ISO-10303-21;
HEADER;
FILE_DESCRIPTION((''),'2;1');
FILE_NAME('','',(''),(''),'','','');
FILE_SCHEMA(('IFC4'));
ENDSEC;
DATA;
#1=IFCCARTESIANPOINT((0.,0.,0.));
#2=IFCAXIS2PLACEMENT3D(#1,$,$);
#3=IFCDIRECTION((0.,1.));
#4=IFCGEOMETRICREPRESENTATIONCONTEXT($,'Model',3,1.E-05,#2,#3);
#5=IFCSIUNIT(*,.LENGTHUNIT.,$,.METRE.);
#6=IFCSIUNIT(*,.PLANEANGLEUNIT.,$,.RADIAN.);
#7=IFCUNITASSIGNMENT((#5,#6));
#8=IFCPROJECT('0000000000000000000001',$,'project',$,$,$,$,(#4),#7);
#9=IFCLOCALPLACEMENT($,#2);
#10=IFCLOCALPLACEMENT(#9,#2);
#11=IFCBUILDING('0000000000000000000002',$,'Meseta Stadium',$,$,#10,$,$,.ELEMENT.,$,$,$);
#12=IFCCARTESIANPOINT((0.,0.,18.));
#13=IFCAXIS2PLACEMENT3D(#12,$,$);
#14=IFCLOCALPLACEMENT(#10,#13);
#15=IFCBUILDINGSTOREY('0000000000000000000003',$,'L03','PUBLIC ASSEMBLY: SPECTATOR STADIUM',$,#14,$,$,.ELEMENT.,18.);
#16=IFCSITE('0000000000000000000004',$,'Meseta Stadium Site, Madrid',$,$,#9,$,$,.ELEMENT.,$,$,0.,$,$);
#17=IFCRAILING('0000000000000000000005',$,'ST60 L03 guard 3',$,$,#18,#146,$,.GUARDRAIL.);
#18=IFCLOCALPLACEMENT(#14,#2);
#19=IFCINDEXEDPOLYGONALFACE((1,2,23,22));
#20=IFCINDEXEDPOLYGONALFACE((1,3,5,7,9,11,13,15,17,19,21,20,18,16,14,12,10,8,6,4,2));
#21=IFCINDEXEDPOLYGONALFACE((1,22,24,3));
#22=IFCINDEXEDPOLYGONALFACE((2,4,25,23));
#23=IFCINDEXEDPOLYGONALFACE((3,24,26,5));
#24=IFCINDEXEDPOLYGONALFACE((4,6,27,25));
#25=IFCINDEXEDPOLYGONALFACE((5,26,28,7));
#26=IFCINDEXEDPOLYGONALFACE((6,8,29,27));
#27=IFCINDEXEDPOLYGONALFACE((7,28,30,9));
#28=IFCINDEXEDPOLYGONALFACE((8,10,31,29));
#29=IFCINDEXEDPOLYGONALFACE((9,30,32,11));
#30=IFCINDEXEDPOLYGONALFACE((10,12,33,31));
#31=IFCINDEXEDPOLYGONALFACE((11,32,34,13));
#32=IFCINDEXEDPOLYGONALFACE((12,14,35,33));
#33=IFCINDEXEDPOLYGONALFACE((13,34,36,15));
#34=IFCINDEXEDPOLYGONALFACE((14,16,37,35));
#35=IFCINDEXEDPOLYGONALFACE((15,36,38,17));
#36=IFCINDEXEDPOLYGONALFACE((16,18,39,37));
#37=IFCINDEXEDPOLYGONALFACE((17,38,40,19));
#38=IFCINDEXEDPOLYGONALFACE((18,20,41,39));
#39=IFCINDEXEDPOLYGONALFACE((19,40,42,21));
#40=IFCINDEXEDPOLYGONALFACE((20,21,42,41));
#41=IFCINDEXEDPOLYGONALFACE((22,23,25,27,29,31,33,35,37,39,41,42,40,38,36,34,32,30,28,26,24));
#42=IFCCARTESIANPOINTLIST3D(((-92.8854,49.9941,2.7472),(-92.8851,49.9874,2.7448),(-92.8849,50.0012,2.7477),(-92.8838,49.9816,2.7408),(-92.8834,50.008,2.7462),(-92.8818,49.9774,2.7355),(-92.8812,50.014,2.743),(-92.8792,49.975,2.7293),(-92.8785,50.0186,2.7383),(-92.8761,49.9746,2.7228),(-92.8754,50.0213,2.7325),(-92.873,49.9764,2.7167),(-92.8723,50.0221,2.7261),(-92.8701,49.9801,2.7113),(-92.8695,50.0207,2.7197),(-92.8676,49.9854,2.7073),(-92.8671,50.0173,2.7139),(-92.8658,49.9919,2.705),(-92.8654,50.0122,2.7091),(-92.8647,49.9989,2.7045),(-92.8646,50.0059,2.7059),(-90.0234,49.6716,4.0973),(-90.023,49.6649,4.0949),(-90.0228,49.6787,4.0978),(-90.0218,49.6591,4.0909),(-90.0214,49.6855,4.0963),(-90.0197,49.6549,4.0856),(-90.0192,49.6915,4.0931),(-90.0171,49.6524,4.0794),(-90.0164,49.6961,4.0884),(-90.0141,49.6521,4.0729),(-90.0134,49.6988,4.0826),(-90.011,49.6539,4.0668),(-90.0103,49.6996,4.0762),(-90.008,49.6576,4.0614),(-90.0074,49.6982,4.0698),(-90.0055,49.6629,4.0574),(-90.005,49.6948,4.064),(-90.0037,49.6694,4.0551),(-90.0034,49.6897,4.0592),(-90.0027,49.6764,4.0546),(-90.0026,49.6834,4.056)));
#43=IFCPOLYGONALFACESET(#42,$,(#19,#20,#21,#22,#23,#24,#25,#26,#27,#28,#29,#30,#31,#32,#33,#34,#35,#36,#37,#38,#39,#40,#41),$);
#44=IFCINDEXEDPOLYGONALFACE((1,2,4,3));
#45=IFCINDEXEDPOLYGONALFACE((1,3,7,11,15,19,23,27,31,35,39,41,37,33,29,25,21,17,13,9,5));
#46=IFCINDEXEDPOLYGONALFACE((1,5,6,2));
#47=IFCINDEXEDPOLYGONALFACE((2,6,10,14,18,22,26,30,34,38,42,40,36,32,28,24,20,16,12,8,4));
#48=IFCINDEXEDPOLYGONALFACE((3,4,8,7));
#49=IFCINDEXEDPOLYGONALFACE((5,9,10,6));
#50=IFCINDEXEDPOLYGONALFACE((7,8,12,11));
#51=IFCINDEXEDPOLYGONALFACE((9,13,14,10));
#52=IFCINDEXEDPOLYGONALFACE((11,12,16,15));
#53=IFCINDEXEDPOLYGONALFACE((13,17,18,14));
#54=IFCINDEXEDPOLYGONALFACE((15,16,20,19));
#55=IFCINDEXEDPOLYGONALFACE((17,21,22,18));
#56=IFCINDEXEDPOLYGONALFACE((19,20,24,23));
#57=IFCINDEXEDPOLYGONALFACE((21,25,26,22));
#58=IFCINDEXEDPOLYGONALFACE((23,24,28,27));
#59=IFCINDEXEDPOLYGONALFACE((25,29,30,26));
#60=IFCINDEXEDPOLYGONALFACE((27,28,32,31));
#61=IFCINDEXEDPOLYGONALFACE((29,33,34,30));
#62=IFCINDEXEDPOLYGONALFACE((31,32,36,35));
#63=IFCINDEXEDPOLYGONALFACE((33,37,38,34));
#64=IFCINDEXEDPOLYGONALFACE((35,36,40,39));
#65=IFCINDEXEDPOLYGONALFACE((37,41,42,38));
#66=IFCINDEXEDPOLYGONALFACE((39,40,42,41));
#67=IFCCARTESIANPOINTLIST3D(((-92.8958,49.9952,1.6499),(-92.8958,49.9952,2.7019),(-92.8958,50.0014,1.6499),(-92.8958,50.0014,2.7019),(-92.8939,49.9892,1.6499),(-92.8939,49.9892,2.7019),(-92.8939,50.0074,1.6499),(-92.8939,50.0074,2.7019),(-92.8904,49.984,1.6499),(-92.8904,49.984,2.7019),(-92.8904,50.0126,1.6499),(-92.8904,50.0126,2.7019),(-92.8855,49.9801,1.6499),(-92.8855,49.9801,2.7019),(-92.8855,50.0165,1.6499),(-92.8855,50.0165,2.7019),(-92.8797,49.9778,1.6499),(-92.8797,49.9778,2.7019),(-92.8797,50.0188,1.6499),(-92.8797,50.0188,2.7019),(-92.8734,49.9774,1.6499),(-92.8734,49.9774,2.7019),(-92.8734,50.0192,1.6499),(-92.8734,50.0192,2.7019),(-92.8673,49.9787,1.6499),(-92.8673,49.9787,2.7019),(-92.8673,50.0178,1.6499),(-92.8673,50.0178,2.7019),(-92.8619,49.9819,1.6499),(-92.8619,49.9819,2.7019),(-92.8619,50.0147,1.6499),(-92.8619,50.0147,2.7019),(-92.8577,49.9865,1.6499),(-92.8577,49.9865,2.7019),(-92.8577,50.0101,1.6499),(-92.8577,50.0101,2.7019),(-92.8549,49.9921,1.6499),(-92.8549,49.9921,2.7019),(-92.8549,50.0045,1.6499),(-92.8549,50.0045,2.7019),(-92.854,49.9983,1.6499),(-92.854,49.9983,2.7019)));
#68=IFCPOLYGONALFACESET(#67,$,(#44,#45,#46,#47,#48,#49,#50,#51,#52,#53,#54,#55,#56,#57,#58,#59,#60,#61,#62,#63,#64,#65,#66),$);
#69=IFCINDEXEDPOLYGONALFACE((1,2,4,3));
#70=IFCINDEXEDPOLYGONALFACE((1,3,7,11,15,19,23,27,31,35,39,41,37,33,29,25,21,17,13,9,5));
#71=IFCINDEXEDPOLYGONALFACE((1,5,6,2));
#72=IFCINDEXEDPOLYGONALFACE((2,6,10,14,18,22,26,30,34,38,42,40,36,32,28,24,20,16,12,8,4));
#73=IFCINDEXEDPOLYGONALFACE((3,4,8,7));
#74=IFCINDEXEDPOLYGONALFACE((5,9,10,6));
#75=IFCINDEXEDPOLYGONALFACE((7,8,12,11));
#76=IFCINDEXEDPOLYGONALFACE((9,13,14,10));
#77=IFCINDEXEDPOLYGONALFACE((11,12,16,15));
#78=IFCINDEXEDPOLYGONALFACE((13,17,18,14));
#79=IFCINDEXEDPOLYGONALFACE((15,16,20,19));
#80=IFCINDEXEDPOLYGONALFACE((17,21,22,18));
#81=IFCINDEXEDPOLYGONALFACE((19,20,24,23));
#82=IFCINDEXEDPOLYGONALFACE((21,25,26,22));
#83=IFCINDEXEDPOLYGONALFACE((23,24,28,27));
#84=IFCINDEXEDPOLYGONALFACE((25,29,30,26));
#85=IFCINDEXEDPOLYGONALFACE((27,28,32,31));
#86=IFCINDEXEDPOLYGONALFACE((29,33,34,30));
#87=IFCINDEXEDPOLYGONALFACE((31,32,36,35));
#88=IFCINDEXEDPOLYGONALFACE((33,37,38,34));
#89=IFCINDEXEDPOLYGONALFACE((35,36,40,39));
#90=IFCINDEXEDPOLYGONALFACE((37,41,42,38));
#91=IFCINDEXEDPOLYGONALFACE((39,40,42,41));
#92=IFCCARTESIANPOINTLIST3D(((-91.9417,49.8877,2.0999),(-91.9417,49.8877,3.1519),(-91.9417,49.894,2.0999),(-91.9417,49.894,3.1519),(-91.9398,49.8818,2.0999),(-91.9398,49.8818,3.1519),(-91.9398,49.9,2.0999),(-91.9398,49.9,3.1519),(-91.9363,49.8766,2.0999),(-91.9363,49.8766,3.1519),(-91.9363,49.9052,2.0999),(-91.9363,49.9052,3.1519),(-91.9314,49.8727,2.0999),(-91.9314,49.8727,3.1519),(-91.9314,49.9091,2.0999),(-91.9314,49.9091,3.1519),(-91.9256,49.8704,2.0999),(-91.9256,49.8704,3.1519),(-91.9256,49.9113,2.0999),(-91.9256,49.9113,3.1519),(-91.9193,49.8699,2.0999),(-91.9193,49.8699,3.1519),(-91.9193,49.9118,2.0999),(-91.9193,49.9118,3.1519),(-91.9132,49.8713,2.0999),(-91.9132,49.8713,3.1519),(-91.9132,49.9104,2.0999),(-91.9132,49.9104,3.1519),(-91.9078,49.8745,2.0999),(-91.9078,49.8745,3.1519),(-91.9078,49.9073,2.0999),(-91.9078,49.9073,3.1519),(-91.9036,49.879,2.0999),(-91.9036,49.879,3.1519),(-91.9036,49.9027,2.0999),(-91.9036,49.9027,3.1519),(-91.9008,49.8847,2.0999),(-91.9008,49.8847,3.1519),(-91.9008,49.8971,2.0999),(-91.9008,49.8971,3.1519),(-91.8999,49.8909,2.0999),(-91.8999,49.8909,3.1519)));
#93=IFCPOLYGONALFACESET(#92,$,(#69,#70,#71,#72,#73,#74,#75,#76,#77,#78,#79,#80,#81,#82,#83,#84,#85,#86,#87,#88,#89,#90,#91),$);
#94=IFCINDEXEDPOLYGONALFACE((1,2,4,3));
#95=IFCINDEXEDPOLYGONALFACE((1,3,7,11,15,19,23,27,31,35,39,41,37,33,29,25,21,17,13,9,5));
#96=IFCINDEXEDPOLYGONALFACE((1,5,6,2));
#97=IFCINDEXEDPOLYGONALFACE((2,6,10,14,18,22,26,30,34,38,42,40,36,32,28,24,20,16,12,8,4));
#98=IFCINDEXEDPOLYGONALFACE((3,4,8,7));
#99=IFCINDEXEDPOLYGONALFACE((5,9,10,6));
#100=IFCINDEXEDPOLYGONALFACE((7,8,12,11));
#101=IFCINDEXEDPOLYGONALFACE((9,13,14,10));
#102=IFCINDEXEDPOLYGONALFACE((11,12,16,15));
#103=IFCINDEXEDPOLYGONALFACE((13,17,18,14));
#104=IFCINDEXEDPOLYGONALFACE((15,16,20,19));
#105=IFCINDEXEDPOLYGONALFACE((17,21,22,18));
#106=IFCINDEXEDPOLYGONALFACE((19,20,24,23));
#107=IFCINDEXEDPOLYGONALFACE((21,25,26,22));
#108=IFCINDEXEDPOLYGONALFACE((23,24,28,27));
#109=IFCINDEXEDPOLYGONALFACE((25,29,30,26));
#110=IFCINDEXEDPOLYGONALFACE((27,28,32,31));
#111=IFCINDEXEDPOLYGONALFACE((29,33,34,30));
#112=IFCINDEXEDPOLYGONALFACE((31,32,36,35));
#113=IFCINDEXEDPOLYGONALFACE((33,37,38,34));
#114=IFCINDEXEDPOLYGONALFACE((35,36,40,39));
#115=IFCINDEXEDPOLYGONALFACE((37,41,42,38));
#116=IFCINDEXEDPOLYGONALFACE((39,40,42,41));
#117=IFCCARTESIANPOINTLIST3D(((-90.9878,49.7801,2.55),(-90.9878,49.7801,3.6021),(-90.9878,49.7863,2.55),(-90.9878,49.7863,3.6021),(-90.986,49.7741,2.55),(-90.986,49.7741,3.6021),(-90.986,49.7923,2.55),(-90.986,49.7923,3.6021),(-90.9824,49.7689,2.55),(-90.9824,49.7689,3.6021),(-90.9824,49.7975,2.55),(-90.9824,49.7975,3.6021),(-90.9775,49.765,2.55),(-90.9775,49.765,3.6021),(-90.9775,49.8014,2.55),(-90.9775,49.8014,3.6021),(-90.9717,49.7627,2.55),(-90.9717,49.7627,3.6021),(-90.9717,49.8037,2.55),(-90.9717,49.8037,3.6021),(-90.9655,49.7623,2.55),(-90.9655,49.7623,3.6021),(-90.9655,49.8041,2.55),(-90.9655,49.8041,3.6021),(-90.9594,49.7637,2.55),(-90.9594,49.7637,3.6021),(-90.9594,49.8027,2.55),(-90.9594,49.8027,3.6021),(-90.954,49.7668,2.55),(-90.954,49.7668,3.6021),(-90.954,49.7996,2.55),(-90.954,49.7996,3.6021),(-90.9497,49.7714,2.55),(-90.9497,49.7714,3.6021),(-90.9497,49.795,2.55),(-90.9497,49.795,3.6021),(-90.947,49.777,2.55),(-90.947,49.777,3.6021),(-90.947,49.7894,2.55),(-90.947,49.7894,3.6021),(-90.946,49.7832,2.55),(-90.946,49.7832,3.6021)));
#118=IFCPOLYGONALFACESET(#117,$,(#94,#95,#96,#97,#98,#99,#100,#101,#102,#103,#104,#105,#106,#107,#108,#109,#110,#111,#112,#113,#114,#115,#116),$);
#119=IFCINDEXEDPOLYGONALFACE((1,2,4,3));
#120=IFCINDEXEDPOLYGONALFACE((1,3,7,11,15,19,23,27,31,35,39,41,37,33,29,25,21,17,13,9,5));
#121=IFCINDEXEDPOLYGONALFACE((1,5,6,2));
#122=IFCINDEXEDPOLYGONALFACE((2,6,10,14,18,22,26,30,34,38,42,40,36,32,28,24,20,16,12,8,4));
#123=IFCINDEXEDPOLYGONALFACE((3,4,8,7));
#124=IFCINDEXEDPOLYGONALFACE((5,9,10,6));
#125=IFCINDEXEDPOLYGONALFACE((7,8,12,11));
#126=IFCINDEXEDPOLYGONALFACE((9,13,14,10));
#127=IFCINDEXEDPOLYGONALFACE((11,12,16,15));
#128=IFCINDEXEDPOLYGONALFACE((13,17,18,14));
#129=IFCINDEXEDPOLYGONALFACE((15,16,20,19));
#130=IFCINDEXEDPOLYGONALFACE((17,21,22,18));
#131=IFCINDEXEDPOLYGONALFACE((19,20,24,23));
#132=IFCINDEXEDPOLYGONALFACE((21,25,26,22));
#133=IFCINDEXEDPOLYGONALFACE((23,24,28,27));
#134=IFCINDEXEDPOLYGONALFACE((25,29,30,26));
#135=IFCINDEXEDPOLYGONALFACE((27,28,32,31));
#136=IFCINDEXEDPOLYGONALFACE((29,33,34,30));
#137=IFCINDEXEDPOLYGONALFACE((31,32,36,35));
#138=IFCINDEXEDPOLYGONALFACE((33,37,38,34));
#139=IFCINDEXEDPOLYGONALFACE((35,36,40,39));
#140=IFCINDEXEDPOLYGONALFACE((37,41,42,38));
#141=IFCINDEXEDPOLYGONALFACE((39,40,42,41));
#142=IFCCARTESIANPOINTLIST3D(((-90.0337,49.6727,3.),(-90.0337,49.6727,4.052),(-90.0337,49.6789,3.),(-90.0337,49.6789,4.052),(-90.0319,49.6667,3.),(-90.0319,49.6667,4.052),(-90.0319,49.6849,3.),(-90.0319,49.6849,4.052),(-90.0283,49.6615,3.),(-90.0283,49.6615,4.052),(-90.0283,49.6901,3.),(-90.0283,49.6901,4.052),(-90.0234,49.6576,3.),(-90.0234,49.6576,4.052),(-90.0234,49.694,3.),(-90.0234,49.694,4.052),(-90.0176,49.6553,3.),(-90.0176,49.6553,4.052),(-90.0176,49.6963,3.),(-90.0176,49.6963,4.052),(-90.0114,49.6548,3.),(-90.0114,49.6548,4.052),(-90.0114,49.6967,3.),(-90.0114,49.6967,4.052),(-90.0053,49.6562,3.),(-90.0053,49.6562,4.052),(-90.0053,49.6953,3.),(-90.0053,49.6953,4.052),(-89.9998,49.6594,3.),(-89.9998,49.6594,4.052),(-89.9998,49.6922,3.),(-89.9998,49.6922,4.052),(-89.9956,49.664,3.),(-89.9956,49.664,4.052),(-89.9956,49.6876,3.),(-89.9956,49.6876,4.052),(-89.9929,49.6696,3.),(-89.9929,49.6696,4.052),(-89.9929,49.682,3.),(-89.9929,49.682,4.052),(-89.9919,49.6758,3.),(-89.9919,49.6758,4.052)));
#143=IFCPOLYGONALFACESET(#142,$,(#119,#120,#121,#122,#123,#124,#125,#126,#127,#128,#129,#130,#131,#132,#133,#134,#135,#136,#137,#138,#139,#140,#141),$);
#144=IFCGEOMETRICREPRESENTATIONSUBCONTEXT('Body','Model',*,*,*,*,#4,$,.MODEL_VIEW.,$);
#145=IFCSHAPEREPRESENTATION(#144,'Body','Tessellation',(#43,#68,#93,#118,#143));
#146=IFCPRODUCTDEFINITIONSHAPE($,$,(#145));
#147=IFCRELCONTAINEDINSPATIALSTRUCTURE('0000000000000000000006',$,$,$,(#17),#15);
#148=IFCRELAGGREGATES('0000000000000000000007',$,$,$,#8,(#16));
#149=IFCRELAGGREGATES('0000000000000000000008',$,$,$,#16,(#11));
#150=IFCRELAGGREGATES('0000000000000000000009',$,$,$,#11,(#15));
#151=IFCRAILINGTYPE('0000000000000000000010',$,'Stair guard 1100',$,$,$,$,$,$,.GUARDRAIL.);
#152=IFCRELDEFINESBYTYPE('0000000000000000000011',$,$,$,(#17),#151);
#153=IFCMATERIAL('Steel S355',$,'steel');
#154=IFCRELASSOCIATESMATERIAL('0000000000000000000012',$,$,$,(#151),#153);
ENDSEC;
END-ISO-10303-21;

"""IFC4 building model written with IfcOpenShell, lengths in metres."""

from ifc_helpers import new_model, si_unit, direction, frame, origin, origin_2d, place, context, subcontext, project, spatial, circle, extrude, material, type_object, element, save


model = new_model("IFC4")

# Units and contexts
model_context = context("Model", 3, precision=1e-05, world=origin(), true_north=direction((0.0, 1.0)))
body_context = subcontext(model_context, "Body", "Model", "MODEL_VIEW")
ifc_project = project(units=[si_unit("LENGTHUNIT", "METRE"), si_unit("PLANEANGLEUNIT", "RADIAN")], contexts=[model_context])

# Site, building, storey
site_placement = place(None, origin())
site = spatial("IfcSite", under=ifc_project, at=site_placement, Name="Meseta Stadium Site, Madrid", CompositionType="ELEMENT", RefElevation=0.0)
building_placement = place(site_placement, origin())
building = spatial("IfcBuilding", under=site, at=building_placement, Name="Meseta Stadium", CompositionType="ELEMENT")
storey_placement = place(building_placement, frame((0.0, 0.0, 18.0)))
storey = spatial("IfcBuildingStorey", under=building, at=storey_placement, Name="L03", Description="PUBLIC ASSEMBLY: SPECTATOR STADIUM", CompositionType="ELEMENT", Elevation=18.0)

# Railing
ifc_material_1 = material(Name="Steel S355", Category="steel")
railing_type_1 = type_object("IfcRailingType", Name="Stair guard 1100", PredefinedType="GUARDRAIL", material=ifc_material_1)
railing_1_placement = place(storey_placement, frame((-92.875, 49.9983, 1.6499)))
element("IfcRailing", 1, at=railing_1_placement, inside=storey, type_object=railing_type_1, Name="ST60 L03 guard 3", PredefinedType="GUARDRAIL", context=body_context, shape_type="SweptSolid", body=[
    extrude(circle(Radius=0.0239, at=origin_2d()), frame((0.0, 0.0, 1.0762), z_axis=(0.899763, -0.101389, 0.424438), x_axis=(0.111976, 0.993711, 0.0)), (0.0, 0.0, 1.0), 3.1809),
    extrude(circle(Radius=0.021, at=origin_2d()), origin(), (0.0, 0.0, 1.0), 1.052),
    extrude(circle(Radius=0.021, at=origin_2d()), frame((0.9541, -0.1074, 0.45)), (0.0, 0.0, 1.0), 1.052),
    extrude(circle(Radius=0.021, at=origin_2d()), frame((1.908, -0.2151, 0.9001)), (0.0, 0.0, 1.0), 1.052),
    extrude(circle(Radius=0.021, at=origin_2d()), frame((2.8621, -0.3225, 1.3501)), (0.0, 0.0, 1.0), 1.052),
])

save(model, "model.ifc")
